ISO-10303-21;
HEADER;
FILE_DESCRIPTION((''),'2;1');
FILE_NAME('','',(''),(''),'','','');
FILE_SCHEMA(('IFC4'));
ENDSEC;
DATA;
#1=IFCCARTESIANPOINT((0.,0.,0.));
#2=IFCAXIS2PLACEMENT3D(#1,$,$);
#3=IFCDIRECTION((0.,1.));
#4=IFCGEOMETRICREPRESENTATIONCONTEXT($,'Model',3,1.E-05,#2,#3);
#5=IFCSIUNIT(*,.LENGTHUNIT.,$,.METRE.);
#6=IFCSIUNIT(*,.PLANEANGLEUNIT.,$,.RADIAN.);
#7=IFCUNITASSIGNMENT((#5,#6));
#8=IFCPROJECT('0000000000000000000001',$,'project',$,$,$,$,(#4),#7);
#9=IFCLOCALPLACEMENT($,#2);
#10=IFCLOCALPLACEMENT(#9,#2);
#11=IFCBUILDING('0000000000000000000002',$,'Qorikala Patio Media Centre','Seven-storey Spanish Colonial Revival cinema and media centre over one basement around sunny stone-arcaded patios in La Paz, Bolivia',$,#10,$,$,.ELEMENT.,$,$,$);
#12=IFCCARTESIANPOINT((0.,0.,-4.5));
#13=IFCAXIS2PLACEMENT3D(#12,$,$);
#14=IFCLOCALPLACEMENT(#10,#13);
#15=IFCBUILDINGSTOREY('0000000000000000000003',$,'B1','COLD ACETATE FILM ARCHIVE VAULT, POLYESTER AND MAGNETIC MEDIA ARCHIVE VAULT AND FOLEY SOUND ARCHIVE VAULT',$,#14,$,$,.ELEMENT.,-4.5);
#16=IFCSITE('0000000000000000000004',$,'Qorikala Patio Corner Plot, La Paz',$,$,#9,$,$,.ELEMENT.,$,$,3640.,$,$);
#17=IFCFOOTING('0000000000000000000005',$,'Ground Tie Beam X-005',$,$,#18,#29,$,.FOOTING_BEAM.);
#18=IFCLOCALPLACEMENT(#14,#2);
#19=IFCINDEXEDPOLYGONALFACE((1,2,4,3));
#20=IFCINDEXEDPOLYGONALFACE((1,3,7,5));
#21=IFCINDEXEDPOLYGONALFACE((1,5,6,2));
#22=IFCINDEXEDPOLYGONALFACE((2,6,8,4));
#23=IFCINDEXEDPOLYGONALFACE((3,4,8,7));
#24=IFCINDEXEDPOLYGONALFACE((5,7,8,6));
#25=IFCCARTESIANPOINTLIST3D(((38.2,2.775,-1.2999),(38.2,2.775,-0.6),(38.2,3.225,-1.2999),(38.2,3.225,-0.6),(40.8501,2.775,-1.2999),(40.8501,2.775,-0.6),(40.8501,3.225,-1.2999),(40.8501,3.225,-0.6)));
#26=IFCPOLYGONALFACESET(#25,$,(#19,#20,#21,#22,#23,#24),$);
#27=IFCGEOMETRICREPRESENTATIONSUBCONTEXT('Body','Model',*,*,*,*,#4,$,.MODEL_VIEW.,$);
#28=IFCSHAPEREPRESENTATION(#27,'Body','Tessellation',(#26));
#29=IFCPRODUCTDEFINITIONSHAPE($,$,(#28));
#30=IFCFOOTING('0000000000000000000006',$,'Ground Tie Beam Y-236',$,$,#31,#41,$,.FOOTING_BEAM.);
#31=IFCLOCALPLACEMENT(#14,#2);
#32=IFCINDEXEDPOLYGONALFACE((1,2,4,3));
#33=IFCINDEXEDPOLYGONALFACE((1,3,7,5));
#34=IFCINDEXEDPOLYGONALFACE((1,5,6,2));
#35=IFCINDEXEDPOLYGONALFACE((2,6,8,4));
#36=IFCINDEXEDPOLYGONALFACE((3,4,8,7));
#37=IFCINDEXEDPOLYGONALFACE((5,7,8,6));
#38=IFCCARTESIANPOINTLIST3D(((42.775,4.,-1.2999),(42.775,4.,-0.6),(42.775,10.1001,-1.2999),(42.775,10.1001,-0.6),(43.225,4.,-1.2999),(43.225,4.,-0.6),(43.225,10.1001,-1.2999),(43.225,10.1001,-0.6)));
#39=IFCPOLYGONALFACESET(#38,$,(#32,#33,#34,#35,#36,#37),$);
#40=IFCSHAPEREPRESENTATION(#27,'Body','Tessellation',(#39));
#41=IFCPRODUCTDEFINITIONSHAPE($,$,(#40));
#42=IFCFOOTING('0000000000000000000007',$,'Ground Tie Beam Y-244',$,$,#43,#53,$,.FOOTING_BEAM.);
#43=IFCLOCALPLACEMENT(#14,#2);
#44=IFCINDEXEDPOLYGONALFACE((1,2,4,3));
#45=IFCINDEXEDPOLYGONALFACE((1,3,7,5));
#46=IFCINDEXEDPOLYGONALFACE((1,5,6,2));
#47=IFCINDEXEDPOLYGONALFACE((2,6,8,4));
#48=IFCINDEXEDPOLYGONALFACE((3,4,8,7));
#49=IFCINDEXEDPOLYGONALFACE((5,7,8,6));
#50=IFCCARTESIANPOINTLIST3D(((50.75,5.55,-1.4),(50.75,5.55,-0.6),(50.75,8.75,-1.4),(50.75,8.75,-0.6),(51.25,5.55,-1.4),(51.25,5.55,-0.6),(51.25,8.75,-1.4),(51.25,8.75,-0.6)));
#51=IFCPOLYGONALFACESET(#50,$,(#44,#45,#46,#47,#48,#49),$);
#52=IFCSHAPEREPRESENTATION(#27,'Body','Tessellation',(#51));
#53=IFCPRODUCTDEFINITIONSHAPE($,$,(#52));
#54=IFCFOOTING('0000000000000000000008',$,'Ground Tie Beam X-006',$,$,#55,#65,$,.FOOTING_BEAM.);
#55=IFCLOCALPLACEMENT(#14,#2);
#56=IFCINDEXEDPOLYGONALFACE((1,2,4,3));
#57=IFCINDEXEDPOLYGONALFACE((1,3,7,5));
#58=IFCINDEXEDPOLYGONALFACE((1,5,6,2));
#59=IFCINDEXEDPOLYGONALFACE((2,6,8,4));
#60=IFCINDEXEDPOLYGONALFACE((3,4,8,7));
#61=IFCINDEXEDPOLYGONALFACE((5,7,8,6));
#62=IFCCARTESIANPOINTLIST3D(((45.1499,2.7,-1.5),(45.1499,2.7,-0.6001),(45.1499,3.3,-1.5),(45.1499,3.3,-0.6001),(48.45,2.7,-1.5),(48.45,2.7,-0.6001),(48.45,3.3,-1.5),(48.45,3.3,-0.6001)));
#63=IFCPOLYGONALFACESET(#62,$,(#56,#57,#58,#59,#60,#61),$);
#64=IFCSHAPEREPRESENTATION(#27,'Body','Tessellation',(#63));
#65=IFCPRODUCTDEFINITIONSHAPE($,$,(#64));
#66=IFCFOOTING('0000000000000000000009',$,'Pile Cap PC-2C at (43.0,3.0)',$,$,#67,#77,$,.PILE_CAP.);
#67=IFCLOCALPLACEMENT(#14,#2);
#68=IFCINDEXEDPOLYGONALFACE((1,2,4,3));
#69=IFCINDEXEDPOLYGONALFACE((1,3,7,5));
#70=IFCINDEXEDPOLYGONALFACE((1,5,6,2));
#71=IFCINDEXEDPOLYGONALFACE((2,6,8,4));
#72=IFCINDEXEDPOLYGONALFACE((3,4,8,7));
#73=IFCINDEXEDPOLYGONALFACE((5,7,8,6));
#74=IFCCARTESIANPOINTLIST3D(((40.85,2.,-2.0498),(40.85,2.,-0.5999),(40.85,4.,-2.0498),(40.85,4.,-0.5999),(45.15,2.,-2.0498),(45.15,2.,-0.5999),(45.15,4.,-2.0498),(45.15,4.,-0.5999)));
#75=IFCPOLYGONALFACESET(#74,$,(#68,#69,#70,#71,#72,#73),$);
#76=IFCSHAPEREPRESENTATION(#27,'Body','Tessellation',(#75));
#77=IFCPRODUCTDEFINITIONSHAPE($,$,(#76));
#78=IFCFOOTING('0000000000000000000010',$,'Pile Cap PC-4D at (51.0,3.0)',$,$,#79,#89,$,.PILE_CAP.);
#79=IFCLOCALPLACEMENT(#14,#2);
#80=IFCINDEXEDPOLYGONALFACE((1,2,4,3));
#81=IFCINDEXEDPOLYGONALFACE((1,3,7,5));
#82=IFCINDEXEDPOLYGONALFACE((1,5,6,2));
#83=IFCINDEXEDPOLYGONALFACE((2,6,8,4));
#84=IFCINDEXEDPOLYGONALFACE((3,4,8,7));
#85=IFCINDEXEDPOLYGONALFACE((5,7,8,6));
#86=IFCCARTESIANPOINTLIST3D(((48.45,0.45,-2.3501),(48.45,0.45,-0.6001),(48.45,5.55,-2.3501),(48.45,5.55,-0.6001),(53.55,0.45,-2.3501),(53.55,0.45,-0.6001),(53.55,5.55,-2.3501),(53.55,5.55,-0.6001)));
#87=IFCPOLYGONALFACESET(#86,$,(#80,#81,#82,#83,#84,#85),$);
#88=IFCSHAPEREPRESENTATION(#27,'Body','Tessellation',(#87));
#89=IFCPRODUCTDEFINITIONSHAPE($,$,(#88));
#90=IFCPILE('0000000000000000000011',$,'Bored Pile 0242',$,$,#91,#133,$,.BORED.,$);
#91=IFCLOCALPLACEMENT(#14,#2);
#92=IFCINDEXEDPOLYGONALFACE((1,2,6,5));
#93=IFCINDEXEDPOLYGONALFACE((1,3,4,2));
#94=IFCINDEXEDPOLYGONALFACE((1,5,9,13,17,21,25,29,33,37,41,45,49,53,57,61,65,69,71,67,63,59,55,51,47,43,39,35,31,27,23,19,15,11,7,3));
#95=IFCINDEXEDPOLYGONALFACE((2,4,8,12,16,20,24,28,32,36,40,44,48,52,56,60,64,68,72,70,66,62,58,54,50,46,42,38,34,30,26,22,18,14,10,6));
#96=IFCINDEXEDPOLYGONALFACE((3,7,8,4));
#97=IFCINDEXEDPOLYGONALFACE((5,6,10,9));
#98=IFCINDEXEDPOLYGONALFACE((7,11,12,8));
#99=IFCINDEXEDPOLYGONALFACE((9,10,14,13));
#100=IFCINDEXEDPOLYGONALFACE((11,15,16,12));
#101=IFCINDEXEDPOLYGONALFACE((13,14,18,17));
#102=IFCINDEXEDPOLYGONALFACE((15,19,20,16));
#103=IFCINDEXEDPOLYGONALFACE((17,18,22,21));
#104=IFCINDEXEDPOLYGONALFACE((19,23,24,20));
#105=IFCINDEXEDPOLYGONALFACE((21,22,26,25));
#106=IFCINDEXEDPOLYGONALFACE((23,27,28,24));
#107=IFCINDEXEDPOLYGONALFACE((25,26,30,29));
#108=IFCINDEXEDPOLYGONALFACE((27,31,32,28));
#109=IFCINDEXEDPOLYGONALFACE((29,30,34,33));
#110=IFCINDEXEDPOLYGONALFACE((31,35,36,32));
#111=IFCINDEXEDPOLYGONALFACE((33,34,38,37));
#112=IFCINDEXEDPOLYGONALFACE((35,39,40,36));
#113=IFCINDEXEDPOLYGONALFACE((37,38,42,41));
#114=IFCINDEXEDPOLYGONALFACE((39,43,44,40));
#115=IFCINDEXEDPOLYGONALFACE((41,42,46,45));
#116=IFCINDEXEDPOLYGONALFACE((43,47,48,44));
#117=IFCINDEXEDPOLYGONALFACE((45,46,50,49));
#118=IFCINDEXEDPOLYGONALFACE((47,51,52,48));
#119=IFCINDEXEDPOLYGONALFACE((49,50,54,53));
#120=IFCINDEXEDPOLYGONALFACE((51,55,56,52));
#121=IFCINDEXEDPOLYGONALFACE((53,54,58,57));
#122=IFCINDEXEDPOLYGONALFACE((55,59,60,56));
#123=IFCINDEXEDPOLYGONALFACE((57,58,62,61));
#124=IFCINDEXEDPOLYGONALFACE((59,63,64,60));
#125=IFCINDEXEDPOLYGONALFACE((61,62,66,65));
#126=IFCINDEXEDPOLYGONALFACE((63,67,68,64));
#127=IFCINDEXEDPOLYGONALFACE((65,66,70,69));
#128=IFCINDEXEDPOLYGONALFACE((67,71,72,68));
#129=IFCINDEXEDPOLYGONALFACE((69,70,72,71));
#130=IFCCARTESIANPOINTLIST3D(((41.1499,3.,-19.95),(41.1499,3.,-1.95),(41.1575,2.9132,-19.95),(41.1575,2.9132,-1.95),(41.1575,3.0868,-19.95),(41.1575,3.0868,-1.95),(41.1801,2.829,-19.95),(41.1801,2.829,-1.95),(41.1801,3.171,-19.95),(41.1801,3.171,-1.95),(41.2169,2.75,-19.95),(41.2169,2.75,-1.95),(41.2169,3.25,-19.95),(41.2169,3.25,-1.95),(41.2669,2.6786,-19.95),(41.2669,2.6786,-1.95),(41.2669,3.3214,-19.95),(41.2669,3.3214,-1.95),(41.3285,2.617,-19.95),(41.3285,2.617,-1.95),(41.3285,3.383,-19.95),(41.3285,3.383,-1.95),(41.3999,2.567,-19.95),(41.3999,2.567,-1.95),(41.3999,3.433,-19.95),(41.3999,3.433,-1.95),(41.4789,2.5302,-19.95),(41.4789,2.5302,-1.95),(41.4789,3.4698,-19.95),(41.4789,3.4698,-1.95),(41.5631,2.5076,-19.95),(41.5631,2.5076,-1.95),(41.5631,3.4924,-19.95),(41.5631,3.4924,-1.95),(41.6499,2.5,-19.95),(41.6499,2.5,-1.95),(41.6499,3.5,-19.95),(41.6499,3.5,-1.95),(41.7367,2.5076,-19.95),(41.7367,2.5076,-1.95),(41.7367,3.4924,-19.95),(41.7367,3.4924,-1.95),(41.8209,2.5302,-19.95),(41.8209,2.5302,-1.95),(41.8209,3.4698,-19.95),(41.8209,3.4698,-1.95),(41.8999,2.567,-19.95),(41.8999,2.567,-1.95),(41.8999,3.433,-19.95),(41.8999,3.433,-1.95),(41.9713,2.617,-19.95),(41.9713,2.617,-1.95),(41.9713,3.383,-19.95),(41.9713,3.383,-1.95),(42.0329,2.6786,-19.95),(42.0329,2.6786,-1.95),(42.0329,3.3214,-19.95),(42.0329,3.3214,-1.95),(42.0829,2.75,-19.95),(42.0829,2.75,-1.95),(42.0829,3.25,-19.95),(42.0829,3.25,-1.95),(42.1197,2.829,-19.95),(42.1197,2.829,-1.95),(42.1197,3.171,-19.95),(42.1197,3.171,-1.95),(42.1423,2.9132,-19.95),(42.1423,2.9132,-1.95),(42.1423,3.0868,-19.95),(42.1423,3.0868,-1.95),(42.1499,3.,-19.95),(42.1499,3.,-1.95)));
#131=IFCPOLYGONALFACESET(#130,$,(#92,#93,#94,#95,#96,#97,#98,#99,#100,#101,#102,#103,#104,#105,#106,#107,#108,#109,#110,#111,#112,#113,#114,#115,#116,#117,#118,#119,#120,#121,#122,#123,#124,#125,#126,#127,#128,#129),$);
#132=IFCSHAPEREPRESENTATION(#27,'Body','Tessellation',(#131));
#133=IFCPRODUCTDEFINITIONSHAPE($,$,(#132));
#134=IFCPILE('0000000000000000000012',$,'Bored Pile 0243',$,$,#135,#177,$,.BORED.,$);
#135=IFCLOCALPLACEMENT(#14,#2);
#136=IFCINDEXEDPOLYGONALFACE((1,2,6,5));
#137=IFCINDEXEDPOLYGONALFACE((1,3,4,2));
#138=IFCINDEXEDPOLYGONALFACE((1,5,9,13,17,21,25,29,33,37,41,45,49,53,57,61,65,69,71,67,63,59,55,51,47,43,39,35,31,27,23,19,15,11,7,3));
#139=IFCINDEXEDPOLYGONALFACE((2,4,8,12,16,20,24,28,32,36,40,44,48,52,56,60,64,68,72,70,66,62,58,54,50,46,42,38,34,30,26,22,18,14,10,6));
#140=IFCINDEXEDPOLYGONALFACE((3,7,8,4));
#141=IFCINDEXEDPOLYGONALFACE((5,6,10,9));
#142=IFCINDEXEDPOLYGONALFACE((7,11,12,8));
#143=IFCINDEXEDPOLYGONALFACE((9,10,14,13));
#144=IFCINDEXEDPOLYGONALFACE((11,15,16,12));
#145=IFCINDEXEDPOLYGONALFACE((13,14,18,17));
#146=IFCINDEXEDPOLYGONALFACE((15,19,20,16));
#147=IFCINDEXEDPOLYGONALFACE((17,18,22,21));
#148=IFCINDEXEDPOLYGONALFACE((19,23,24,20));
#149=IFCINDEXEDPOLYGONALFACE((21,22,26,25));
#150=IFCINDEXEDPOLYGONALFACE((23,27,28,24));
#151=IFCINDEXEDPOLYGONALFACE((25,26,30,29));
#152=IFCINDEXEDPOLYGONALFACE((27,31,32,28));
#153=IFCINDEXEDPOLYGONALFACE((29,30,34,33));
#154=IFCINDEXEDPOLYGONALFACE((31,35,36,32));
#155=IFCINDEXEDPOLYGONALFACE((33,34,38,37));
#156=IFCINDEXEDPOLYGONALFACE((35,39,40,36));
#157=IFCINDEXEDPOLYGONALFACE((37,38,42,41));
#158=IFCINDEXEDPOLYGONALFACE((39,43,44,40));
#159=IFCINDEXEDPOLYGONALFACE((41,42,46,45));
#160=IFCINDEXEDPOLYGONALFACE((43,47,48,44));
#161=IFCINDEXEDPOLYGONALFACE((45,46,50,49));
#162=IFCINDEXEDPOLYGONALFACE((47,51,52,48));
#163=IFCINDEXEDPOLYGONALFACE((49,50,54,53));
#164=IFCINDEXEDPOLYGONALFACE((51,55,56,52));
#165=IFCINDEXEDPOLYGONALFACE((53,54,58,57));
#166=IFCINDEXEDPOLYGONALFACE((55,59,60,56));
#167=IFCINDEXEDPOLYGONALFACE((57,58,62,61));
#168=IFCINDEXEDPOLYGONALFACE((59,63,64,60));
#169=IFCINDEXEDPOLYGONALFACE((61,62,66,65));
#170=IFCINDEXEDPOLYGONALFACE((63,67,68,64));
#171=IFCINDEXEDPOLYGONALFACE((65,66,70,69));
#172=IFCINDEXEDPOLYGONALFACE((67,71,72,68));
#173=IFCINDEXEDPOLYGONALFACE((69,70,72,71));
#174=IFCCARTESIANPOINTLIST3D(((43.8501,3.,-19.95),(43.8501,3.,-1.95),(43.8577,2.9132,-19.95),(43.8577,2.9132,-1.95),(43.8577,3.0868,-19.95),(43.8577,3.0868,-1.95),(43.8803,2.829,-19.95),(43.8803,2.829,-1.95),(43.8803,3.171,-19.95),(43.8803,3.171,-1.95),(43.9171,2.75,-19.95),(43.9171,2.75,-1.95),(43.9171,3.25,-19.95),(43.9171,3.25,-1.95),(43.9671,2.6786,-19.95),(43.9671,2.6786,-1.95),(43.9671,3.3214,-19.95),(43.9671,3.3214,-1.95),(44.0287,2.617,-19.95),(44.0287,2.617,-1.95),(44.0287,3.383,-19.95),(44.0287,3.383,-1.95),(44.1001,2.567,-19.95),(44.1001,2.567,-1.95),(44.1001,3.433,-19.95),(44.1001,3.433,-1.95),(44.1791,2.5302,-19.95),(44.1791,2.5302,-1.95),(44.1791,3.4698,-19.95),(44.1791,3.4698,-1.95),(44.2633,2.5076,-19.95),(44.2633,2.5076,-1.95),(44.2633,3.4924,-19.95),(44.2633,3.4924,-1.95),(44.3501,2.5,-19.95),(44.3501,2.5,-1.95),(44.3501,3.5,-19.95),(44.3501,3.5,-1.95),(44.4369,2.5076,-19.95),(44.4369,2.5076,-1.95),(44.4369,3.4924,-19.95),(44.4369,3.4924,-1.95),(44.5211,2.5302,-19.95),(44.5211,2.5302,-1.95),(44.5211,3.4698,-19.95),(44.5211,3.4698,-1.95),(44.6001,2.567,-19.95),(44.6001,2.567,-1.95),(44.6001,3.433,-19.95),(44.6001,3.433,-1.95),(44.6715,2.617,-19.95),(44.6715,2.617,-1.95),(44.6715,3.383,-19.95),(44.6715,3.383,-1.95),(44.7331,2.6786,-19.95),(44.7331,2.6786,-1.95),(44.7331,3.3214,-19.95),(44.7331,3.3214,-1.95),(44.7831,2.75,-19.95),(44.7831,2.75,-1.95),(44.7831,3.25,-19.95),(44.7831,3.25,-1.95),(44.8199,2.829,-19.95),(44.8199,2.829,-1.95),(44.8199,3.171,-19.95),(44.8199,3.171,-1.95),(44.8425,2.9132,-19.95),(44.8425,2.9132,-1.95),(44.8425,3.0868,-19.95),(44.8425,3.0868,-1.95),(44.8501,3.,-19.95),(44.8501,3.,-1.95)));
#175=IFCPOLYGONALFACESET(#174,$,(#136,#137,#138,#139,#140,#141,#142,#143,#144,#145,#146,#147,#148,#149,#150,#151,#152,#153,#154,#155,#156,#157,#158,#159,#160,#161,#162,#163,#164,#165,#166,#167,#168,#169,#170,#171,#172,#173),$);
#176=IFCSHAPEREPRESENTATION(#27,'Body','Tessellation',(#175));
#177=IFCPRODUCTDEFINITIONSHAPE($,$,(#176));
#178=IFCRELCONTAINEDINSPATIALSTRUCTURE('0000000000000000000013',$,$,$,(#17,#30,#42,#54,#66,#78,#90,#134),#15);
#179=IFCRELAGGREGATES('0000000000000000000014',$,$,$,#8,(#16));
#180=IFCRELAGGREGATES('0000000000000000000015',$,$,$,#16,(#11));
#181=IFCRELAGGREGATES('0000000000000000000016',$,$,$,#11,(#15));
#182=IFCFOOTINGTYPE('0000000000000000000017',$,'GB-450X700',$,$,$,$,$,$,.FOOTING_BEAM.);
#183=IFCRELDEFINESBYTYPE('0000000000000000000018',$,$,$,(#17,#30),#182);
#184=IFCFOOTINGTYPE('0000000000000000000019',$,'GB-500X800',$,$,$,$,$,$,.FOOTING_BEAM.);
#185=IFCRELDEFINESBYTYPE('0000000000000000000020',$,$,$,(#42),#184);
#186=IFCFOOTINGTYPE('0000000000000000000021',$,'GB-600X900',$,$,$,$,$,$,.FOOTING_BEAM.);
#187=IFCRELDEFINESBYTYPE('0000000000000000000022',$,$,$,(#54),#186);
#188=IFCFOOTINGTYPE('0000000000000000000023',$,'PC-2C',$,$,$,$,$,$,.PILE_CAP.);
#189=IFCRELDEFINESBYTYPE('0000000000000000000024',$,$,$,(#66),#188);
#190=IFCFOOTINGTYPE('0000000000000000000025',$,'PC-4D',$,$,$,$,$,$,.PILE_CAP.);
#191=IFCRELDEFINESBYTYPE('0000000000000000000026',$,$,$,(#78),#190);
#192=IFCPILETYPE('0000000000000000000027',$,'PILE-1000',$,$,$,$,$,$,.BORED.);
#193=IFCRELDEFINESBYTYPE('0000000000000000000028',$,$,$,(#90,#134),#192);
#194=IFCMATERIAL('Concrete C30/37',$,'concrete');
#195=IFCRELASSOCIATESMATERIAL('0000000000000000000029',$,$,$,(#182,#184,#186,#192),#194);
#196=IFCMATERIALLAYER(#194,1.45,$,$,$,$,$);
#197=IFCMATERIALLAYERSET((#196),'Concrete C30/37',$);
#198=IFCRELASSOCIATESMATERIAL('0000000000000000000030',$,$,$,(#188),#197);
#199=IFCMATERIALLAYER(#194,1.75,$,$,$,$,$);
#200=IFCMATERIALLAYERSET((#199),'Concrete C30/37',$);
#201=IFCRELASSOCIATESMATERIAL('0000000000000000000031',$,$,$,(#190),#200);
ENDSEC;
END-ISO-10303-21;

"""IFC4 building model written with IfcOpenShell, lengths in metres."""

from ifc_helpers import new_model, si_unit, direction, frame, origin, origin_2d, place, context, subcontext, project, spatial, rectangle, circle, extrude, material, layer, layer_set, material_profile, profile_set, type_object, element, save


model = new_model("IFC4")

# Units and contexts
model_context = context("Model", 3, precision=1e-05, world=origin(), true_north=direction((0.0, 1.0)))
body_context = subcontext(model_context, "Body", "Model", "MODEL_VIEW")
ifc_project = project(units=[si_unit("LENGTHUNIT", "METRE"), si_unit("PLANEANGLEUNIT", "RADIAN")], contexts=[model_context])

# Site, building, storey
site_placement = place(None, origin())
site = spatial("IfcSite", under=ifc_project, at=site_placement, Name="Qorikala Patio Corner Plot, La Paz", CompositionType="ELEMENT", RefElevation=3640.0)
building_placement = place(site_placement, origin())
building = spatial("IfcBuilding", under=site, at=building_placement, Name="Qorikala Patio Media Centre", Description="Seven-storey Spanish Colonial Revival cinema and media centre over one basement around sunny stone-arcaded patios in La Paz, Bolivia", CompositionType="ELEMENT")
storey_placement = place(building_placement, frame((0.0, 0.0, -4.5)))
storey = spatial("IfcBuildingStorey", under=building, at=storey_placement, Name="B1", Description="COLD ACETATE FILM ARCHIVE VAULT, POLYESTER AND MAGNETIC MEDIA ARCHIVE VAULT AND FOLEY SOUND ARCHIVE VAULT", CompositionType="ELEMENT", Elevation=-4.5)

# Footings
ifc_material_1 = material(Name="Concrete C30/37", Category="concrete")
ifc_material_profile_1 = material_profile(ifc_material_1, rectangle(XDim=0.45, YDim=0.7, at=origin_2d()), Name="RC 450x700")
ifc_profile_set_1 = profile_set([ifc_material_profile_1], Name="Concrete C30/37")
footing_type_1 = type_object("IfcFootingType", Name="GB-450X700", PredefinedType="FOOTING_BEAM", material=ifc_profile_set_1)
footing_1_placement = place(storey_placement, frame((38.2, 3.0, -0.95), z_axis=(1.0, 0.0, 0.0), x_axis=(0.0, 1.0, 0.0)))
element("IfcFooting", 1, at=footing_1_placement, inside=storey, type_object=footing_type_1, Name="Ground Tie Beam X-005", PredefinedType="FOOTING_BEAM", context=body_context, shape_type="SweptSolid", body=[
    extrude(rectangle(XDim=0.45, YDim=0.7, at=origin_2d()), origin(), (0.0, 0.0, 1.0), 2.6501),
])
footing_2_placement = place(storey_placement, frame((43.0, 4.0, -0.95), z_axis=(0.0, 1.0, 0.0), x_axis=(-1.0, 0.0, 0.0)))
element("IfcFooting", 2, at=footing_2_placement, inside=storey, type_object=footing_type_1, Name="Ground Tie Beam Y-236", PredefinedType="FOOTING_BEAM", context=body_context, shape_type="SweptSolid", body=[
    extrude(rectangle(XDim=0.45, YDim=0.7, at=origin_2d()), origin(), (0.0, 0.0, 1.0), 6.1001),
])
ifc_material_profile_2 = material_profile(ifc_material_1, rectangle(XDim=0.5, YDim=0.8, at=origin_2d()), Name="RC 500x800")
ifc_profile_set_2 = profile_set([ifc_material_profile_2], Name="Concrete C30/37")
footing_type_2 = type_object("IfcFootingType", Name="GB-500X800", PredefinedType="FOOTING_BEAM", material=ifc_profile_set_2)
footing_3_placement = place(storey_placement, frame((51.0, 5.55, -1.0), z_axis=(0.0, 1.0, 0.0), x_axis=(-1.0, 0.0, 0.0)))
element("IfcFooting", 3, at=footing_3_placement, inside=storey, type_object=footing_type_2, Name="Ground Tie Beam Y-244", PredefinedType="FOOTING_BEAM", context=body_context, shape_type="SweptSolid", body=[
    extrude(rectangle(XDim=0.5, YDim=0.8, at=origin_2d()), origin(), (0.0, 0.0, 1.0), 3.2),
])
ifc_material_profile_3 = material_profile(ifc_material_1, rectangle(XDim=0.6001, YDim=0.8999, at=origin_2d()), Name="RC 600x900")
ifc_profile_set_3 = profile_set([ifc_material_profile_3], Name="Concrete C30/37")
footing_type_3 = type_object("IfcFootingType", Name="GB-600X900", PredefinedType="FOOTING_BEAM", material=ifc_profile_set_3)
footing_4_placement = place(storey_placement, frame((45.1499, 3.0, -1.05), z_axis=(1.0, 0.0, 0.0), x_axis=(0.0, 1.0, 0.0)))
element("IfcFooting", 4, at=footing_4_placement, inside=storey, type_object=footing_type_3, Name="Ground Tie Beam X-006", PredefinedType="FOOTING_BEAM", context=body_context, shape_type="SweptSolid", body=[
    extrude(rectangle(XDim=0.6001, YDim=0.8999, at=origin_2d()), origin(), (0.0, 0.0, 1.0), 3.3),
])
ifc_layer_1 = layer(ifc_material_1, 1.45)
ifc_layer_set_1 = layer_set([ifc_layer_1], Name="Concrete C30/37")
footing_type_4 = type_object("IfcFootingType", Name="PC-2C", PredefinedType="PILE_CAP", material=ifc_layer_set_1)
footing_5_placement = place(storey_placement, frame((43.0, 3.0, -2.0498), z_axis=(0.0, 0.0, 1.0), x_axis=(1.0, 0.0, 0.0)))
element("IfcFooting", 5, at=footing_5_placement, inside=storey, type_object=footing_type_4, Name="Pile Cap PC-2C at (43.0,3.0)", PredefinedType="PILE_CAP", context=body_context, shape_type="SweptSolid", body=[
    extrude(rectangle(XDim=4.3, YDim=2.0, at=origin_2d()), origin(), (0.0, 0.0, 1.0), 1.45),
])
ifc_layer_2 = layer(ifc_material_1, 1.75)
ifc_layer_set_2 = layer_set([ifc_layer_2], Name="Concrete C30/37")
footing_type_5 = type_object("IfcFootingType", Name="PC-4D", PredefinedType="PILE_CAP", material=ifc_layer_set_2)
footing_6_placement = place(storey_placement, frame((51.0, 3.0, -2.3501), z_axis=(0.0, 0.0, 1.0), x_axis=(1.0, 0.0, 0.0)))
element("IfcFooting", 6, at=footing_6_placement, inside=storey, type_object=footing_type_5, Name="Pile Cap PC-4D at (51.0,3.0)", PredefinedType="PILE_CAP", context=body_context, shape_type="SweptSolid", body=[
    extrude(rectangle(XDim=5.1001, YDim=5.1001, at=origin_2d()), origin(), (0.0, 0.0, 1.0), 1.75),
])

# Piles
ifc_material_profile_4 = material_profile(ifc_material_1, circle(Radius=0.5, at=origin_2d()), Name="BORED PILE 1000")
ifc_profile_set_4 = profile_set([ifc_material_profile_4], Name="Concrete C30/37")
pile_type_1 = type_object("IfcPileType", Name="PILE-1000", PredefinedType="BORED", material=ifc_profile_set_4)
for number, where, z_axis, x_axis, name in (
    (7, (41.6499, 3.0, -1.95), (0.0, 0.0, -1.0), (1.0, 0.0, 0.0), "Bored Pile 0242"),
    (8, (44.3501, 3.0, -1.95), (0.0, 0.0, -1.0), (1.0, 0.0, 0.0), "Bored Pile 0243"),
):
    element("IfcPile", number, at=place(storey_placement, frame(where, z_axis=z_axis, x_axis=x_axis)), inside=storey, type_object=pile_type_1, Name=name, PredefinedType="BORED", context=body_context, shape_type="SweptSolid", body=[
        extrude(circle(Radius=0.5, at=origin_2d()), origin(), (0.0, 0.0, 1.0), 18.0),
    ])

save(model, "model.ifc")
